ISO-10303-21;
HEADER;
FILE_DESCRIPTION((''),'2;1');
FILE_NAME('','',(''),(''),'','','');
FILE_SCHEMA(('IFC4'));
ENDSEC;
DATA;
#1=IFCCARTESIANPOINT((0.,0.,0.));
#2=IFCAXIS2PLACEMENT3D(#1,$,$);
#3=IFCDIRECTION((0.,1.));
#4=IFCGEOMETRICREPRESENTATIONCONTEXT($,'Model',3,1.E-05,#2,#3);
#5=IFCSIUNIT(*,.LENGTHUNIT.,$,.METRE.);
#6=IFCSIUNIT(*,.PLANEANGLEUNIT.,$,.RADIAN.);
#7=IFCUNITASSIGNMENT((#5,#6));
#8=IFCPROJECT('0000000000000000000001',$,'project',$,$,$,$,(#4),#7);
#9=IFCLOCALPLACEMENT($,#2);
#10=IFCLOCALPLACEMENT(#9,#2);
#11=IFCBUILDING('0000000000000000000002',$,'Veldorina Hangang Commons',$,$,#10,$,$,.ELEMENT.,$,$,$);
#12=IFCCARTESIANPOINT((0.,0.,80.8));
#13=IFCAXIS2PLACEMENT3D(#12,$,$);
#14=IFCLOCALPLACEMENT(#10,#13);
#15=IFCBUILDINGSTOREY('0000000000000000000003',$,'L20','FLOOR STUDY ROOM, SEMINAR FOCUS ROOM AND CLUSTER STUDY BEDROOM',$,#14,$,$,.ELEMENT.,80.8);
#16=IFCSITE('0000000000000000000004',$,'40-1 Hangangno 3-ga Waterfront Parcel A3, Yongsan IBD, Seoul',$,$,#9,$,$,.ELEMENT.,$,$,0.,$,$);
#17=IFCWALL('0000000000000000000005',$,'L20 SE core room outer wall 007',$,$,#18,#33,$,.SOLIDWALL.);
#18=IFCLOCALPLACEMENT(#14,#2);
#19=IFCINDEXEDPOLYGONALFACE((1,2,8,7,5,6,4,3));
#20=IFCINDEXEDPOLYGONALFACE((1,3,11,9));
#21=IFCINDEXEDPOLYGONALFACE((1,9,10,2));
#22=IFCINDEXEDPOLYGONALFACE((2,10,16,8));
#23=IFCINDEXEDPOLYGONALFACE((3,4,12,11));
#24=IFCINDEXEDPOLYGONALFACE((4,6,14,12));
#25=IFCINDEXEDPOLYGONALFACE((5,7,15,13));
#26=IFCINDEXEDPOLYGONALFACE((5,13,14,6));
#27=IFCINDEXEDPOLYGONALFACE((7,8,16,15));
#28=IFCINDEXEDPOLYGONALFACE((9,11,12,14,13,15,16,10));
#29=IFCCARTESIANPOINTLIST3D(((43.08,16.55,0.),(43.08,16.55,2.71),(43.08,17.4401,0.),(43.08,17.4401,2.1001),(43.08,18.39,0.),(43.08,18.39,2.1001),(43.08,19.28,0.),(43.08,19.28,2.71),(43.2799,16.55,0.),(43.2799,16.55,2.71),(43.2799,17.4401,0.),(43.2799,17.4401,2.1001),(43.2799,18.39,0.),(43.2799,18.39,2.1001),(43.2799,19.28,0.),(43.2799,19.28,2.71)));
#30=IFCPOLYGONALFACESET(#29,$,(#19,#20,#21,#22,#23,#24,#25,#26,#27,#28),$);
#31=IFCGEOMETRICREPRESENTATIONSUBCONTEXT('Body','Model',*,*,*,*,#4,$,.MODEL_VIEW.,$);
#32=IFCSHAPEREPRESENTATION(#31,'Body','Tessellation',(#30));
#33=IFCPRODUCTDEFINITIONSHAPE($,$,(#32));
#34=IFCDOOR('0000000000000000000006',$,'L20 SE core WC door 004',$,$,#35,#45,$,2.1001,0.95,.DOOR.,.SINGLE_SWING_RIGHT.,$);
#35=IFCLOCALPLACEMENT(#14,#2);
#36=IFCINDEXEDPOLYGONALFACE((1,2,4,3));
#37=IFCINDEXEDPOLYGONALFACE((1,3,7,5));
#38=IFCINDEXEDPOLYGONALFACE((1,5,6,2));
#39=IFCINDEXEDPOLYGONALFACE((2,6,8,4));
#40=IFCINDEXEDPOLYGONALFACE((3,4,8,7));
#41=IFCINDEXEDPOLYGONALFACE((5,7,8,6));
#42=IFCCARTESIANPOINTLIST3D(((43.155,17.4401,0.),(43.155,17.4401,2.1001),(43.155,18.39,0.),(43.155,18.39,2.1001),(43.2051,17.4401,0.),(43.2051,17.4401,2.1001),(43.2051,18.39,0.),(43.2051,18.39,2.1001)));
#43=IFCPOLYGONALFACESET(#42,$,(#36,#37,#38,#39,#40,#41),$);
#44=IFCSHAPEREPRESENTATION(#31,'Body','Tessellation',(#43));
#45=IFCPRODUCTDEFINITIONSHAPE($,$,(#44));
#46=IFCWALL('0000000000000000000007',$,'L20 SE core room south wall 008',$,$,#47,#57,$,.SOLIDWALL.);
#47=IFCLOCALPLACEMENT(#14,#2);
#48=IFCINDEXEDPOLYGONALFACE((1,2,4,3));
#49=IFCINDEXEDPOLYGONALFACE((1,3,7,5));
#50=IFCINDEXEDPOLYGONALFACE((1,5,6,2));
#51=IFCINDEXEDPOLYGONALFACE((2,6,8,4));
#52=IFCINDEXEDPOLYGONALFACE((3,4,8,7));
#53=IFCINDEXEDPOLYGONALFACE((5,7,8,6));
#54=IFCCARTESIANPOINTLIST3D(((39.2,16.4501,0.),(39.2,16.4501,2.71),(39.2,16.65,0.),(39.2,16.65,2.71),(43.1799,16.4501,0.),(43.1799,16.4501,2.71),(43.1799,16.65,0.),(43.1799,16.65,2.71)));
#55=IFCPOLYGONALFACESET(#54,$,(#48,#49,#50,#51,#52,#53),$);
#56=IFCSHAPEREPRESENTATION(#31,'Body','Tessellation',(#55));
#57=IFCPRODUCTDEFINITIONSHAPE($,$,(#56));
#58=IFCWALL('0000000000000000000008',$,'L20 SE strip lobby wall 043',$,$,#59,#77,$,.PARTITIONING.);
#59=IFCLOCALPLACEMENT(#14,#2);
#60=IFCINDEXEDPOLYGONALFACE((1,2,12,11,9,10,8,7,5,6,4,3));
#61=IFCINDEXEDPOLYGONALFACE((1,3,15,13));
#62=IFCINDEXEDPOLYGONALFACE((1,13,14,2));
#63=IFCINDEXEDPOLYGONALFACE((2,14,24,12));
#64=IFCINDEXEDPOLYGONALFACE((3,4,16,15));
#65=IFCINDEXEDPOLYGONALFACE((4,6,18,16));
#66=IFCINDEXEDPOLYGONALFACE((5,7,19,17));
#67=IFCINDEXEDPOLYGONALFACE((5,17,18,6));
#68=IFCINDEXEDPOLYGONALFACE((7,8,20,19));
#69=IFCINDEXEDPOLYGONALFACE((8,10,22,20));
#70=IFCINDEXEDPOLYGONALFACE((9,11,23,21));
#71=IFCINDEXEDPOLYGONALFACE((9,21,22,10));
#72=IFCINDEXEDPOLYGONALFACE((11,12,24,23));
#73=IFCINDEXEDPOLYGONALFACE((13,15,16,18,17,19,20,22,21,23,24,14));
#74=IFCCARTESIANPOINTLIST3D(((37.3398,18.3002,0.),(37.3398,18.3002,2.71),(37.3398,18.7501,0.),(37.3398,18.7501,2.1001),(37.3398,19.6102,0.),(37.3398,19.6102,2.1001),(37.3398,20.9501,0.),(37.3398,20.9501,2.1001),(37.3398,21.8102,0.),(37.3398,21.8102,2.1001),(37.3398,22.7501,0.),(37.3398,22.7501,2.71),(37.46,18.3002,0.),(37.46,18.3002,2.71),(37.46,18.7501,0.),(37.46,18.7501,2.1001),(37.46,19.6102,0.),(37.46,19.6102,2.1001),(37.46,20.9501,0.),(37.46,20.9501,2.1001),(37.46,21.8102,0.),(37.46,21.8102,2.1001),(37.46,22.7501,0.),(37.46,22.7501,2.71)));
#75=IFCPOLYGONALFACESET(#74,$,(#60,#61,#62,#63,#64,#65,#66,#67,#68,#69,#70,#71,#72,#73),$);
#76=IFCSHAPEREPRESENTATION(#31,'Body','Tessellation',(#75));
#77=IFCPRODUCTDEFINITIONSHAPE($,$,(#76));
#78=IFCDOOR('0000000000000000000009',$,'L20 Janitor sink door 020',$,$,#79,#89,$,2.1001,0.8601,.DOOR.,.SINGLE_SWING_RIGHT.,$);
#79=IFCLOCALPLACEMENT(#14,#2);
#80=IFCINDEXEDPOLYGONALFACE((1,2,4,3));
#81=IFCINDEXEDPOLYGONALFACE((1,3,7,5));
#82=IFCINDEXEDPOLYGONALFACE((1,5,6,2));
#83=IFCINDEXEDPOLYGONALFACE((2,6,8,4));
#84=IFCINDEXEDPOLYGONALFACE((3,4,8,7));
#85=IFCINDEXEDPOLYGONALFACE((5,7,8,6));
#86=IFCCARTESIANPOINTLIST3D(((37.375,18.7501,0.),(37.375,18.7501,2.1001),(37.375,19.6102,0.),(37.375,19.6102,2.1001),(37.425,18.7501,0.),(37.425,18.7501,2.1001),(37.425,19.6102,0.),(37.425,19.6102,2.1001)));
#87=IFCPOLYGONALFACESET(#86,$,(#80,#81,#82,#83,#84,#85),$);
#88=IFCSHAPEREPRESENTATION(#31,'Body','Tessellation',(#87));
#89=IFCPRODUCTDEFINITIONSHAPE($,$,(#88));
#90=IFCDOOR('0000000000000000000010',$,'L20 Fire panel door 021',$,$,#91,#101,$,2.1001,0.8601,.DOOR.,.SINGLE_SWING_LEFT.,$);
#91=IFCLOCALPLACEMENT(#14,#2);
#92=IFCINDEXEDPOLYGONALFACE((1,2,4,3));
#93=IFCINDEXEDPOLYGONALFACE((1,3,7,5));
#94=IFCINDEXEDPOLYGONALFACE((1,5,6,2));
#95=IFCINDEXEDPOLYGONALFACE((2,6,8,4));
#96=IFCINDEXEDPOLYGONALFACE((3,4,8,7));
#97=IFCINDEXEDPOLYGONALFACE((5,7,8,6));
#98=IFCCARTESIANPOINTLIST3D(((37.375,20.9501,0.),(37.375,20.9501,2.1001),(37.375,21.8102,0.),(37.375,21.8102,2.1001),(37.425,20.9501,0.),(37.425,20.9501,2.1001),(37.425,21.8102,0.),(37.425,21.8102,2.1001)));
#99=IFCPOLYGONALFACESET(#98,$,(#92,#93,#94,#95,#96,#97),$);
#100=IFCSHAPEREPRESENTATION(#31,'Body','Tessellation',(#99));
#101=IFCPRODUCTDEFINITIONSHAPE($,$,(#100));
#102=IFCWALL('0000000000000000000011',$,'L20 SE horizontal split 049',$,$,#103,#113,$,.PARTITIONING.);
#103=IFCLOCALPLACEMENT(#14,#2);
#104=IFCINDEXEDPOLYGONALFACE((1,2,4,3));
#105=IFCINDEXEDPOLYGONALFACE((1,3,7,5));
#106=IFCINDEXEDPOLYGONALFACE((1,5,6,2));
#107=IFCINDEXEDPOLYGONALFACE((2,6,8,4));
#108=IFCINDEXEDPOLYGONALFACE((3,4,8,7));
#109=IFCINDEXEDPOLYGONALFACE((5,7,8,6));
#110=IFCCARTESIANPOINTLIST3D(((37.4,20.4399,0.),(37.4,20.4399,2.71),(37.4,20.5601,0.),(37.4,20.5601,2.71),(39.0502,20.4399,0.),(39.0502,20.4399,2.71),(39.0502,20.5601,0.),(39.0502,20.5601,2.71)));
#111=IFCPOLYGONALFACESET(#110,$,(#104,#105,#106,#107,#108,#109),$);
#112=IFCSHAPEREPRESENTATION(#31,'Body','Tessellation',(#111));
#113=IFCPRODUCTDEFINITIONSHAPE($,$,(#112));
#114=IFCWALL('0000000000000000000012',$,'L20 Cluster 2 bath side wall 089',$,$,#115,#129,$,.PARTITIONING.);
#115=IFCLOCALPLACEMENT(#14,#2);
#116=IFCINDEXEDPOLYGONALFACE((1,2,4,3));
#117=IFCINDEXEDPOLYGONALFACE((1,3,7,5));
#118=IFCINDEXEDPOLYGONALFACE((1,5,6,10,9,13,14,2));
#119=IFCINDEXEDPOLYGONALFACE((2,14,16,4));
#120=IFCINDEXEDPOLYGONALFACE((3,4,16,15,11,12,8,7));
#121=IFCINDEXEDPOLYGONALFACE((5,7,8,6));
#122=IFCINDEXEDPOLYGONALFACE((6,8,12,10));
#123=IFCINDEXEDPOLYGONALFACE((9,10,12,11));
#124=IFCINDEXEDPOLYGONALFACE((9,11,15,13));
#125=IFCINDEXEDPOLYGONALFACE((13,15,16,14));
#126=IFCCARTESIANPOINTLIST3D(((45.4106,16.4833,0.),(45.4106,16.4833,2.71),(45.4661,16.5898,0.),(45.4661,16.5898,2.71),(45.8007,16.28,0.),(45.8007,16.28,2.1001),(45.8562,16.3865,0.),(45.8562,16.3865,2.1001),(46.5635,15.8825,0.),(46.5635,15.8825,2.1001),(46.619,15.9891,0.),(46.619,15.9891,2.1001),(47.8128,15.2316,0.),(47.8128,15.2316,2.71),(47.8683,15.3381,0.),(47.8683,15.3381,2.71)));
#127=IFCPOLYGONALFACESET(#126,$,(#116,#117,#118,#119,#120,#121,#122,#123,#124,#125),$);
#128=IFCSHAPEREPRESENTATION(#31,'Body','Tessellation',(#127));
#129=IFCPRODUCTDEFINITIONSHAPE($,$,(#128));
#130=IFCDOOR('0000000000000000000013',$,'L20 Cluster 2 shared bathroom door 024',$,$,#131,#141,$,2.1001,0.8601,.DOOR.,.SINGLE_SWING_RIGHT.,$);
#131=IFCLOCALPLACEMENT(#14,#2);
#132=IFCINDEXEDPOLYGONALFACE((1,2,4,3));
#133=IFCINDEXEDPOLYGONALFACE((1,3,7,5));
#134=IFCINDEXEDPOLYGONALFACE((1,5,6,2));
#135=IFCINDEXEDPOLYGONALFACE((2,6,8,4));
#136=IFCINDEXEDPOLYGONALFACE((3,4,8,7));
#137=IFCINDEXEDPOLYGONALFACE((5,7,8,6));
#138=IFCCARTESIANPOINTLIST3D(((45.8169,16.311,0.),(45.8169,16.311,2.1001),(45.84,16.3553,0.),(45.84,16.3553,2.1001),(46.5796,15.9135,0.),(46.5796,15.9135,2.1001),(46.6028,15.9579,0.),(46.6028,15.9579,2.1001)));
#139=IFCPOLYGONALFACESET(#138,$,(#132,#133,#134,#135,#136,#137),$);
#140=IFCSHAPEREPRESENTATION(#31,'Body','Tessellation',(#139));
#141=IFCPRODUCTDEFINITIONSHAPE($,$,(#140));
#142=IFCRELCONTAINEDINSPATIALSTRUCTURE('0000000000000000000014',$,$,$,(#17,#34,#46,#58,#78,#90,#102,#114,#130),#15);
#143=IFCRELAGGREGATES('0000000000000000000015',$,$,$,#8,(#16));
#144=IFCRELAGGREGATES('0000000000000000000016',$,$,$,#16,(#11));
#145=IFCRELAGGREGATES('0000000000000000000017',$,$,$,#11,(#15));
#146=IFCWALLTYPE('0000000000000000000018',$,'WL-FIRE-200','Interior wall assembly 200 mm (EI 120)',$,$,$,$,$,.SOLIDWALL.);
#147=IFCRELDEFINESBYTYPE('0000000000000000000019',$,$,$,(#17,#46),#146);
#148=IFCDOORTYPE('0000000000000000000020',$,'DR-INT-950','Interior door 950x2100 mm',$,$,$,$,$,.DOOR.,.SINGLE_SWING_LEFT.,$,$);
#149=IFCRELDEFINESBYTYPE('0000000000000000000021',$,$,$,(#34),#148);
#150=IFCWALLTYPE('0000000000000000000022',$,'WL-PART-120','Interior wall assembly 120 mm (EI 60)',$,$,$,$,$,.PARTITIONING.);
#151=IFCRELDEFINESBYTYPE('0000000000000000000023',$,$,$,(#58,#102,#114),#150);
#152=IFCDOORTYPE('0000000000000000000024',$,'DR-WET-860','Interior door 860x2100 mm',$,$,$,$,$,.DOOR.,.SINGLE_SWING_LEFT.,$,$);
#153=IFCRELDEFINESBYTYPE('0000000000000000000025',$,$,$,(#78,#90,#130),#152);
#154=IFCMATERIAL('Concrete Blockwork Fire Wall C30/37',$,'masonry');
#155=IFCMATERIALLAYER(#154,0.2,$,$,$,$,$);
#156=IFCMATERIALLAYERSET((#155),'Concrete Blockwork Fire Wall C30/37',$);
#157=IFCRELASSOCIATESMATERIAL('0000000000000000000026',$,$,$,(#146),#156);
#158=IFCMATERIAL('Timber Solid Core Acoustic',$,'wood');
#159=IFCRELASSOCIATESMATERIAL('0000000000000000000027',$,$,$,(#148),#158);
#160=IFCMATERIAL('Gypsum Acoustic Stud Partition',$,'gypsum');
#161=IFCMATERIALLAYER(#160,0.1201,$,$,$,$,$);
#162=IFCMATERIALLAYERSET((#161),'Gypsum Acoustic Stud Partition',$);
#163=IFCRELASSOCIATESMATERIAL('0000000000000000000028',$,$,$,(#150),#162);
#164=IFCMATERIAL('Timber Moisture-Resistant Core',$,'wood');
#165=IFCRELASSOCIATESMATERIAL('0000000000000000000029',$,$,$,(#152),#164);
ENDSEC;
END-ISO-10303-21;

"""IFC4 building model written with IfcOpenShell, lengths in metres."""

from ifc_helpers import new_model, si_unit, direction, frame, frame_2d, origin, place, context, subcontext, project, spatial, rectangle, extrude, material, layer, layer_set, type_object, element, fill, save


model = new_model("IFC4")

# Units and contexts
model_context = context("Model", 3, precision=1e-05, world=origin(), true_north=direction((0.0, 1.0)))
body_context = subcontext(model_context, "Body", "Model", "MODEL_VIEW")
ifc_project = project(units=[si_unit("LENGTHUNIT", "METRE"), si_unit("PLANEANGLEUNIT", "RADIAN")], contexts=[model_context])

# Site, building, storey
site_placement = place(None, origin())
site = spatial("IfcSite", under=ifc_project, at=site_placement, Name="40-1 Hangangno 3-ga Waterfront Parcel A3, Yongsan IBD, Seoul", CompositionType="ELEMENT", RefElevation=0.0)
building_placement = place(site_placement, origin())
building = spatial("IfcBuilding", under=site, at=building_placement, Name="Veldorina Hangang Commons", CompositionType="ELEMENT")
storey_placement = place(building_placement, frame((0.0, 0.0, 80.8)))
storey = spatial("IfcBuildingStorey", under=building, at=storey_placement, Name="L20", Description="FLOOR STUDY ROOM, SEMINAR FOCUS ROOM AND CLUSTER STUDY BEDROOM", CompositionType="ELEMENT", Elevation=80.8)

# Wall, opening, door
ifc_material_1 = material(Name="Concrete Blockwork Fire Wall C30/37", Category="masonry")
ifc_layer_1 = layer(ifc_material_1, 0.2)
ifc_layer_set_1 = layer_set([ifc_layer_1], Name="Concrete Blockwork Fire Wall C30/37")
wall_type_1 = type_object("IfcWallType", Name="WL-FIRE-200", Description="Interior wall assembly 200 mm (EI 120)", PredefinedType="SOLIDWALL", material=ifc_layer_set_1)
wall_1_placement = place(storey_placement, frame((43.1799, 16.55, 0.0), z_axis=(0.0, 0.0, 1.0), x_axis=(0.0, 1.0, 0.0)))
wall_1 = element("IfcWall", 1, at=wall_1_placement, inside=storey, type_object=wall_type_1, Name="L20 SE core room outer wall 007", PredefinedType="SOLIDWALL", context=body_context, shape_type="SweptSolid", body=[
    extrude(rectangle(XDim=2.73, YDim=0.2, at=frame_2d((1.365, 0.0))), origin(), (0.0, 0.0, 1.0), 2.71),
])
opening_1_placement = place(wall_1_placement, frame((0.8899, 0.0, 0.0)))
opening_1 = element("IfcOpeningElement", 2, at=opening_1_placement, cuts=wall_1, PredefinedType="OPENING", context=body_context, shape_type="SweptSolid", body=[
    extrude(rectangle(XDim=0.95, YDim=2.1001, at=frame_2d((0.4751, 1.05))), frame((0.0, 0.1099, 0.0), z_axis=(0.0, -1.0, 0.0), x_axis=(1.0, 0.0, 0.0)), (0.0, 0.0, 1.0), 0.22),
])
ifc_material_2 = material(Name="Timber Solid Core Acoustic", Category="wood")
door_type_1 = type_object("IfcDoorType", Name="DR-INT-950", Description="Interior door 950x2100 mm", OperationType="SINGLE_SWING_LEFT", PredefinedType="DOOR", material=ifc_material_2)
door_1_placement = place(opening_1_placement, origin())
door_1 = element("IfcDoor", 3, at=door_1_placement, inside=storey, type_object=door_type_1, Name="L20 SE core WC door 004", OperationType="SINGLE_SWING_RIGHT", OverallHeight=2.1001, OverallWidth=0.95, PredefinedType="DOOR", context=body_context, shape_type="SweptSolid", body=[
    extrude(rectangle(XDim=0.95, YDim=2.1001, at=frame_2d((0.4751, 1.05))), frame((0.0, 0.0249, 0.0), z_axis=(0.0, -1.0, 0.0), x_axis=(1.0, 0.0, 0.0)), (0.0, 0.0, 1.0), 0.05),
])
fill(opening_1, door_1)

# Wall
wall_2_placement = place(storey_placement, frame((39.2, 16.55, 0.0), z_axis=(0.0, 0.0, 1.0), x_axis=(1.0, 0.0, 0.0)))
element("IfcWall", 4, at=wall_2_placement, inside=storey, type_object=wall_type_1, Name="L20 SE core room south wall 008", PredefinedType="SOLIDWALL", context=body_context, shape_type="SweptSolid", body=[
    extrude(rectangle(XDim=3.98, YDim=0.2, at=frame_2d((1.99, 0.0))), origin(), (0.0, 0.0, 1.0), 2.71),
])

# Wall, openings, doors
ifc_material_3 = material(Name="Gypsum Acoustic Stud Partition", Category="gypsum")
ifc_layer_2 = layer(ifc_material_3, 0.1201)
ifc_layer_set_2 = layer_set([ifc_layer_2], Name="Gypsum Acoustic Stud Partition")
wall_type_2 = type_object("IfcWallType", Name="WL-PART-120", Description="Interior wall assembly 120 mm (EI 60)", PredefinedType="PARTITIONING", material=ifc_layer_set_2)
wall_3_placement = place(storey_placement, frame((37.3999, 18.3, 0.0), z_axis=(0.0, 0.0, 1.0), x_axis=(0.0, 1.0, 0.0)))
wall_3 = element("IfcWall", 5, at=wall_3_placement, inside=storey, type_object=wall_type_2, Name="L20 SE strip lobby wall 043", PredefinedType="PARTITIONING", context=body_context, shape_type="SweptSolid", body=[
    extrude(rectangle(XDim=4.45, YDim=0.1201, at=frame_2d((2.2251, 0.0))), origin(), (0.0, 0.0, 1.0), 2.71),
])
opening_2_placement = place(wall_3_placement, frame((0.45, 0.0, 0.0)))
opening_2 = element("IfcOpeningElement", 6, at=opening_2_placement, cuts=wall_3, PredefinedType="OPENING", context=body_context, shape_type="SweptSolid", body=[
    extrude(rectangle(XDim=0.8601, YDim=2.1001, at=frame_2d((0.4302, 1.05))), frame((0.0, 0.0701, 0.0), z_axis=(0.0, -1.0, 0.0), x_axis=(1.0, 0.0, 0.0)), (0.0, 0.0, 1.0), 0.1401),
])
opening_3_placement = place(wall_3_placement, frame((2.6499, 0.0, 0.0)))
opening_3 = element("IfcOpeningElement", 7, at=opening_3_placement, cuts=wall_3, PredefinedType="OPENING", context=body_context, shape_type="SweptSolid", body=[
    extrude(rectangle(XDim=0.8601, YDim=2.1001, at=frame_2d((0.4302, 1.05))), frame((0.0, 0.0701, 0.0), z_axis=(0.0, -1.0, 0.0), x_axis=(1.0, 0.0, 0.0)), (0.0, 0.0, 1.0), 0.1401),
])
ifc_material_4 = material(Name="Timber Moisture-Resistant Core", Category="wood")
door_type_2 = type_object("IfcDoorType", Name="DR-WET-860", Description="Interior door 860x2100 mm", OperationType="SINGLE_SWING_LEFT", PredefinedType="DOOR", material=ifc_material_4)
door_2_placement = place(opening_2_placement, origin())
door_2 = element("IfcDoor", 8, at=door_2_placement, inside=storey, type_object=door_type_2, Name="L20 Janitor sink door 020", OperationType="SINGLE_SWING_RIGHT", OverallHeight=2.1001, OverallWidth=0.8601, PredefinedType="DOOR", context=body_context, shape_type="SweptSolid", body=[
    extrude(rectangle(XDim=0.8601, YDim=2.1001, at=frame_2d((0.4302, 1.05))), frame((0.0, 0.0249, 0.0), z_axis=(0.0, -1.0, 0.0), x_axis=(1.0, 0.0, 0.0)), (0.0, 0.0, 1.0), 0.05),
])
fill(opening_2, door_2)
door_3_placement = place(opening_3_placement, origin())
door_3 = element("IfcDoor", 9, at=door_3_placement, inside=storey, type_object=door_type_2, Name="L20 Fire panel door 021", OperationType="SINGLE_SWING_LEFT", OverallHeight=2.1001, OverallWidth=0.8601, PredefinedType="DOOR", context=body_context, shape_type="SweptSolid", body=[
    extrude(rectangle(XDim=0.8601, YDim=2.1001, at=frame_2d((0.4302, 1.05))), frame((0.0, 0.0249, 0.0), z_axis=(0.0, -1.0, 0.0), x_axis=(1.0, 0.0, 0.0)), (0.0, 0.0, 1.0), 0.05),
])
fill(opening_3, door_3)

# Wall
wall_4_placement = place(storey_placement, frame((37.3999, 20.5, 0.0), z_axis=(0.0, 0.0, 1.0), x_axis=(1.0, 0.0, 0.0)))
element("IfcWall", 10, at=wall_4_placement, inside=storey, type_object=wall_type_2, Name="L20 SE horizontal split 049", PredefinedType="PARTITIONING", context=body_context, shape_type="SweptSolid", body=[
    extrude(rectangle(XDim=1.6501, YDim=0.1201, at=frame_2d((0.8252, 0.0))), origin(), (0.0, 0.0, 1.0), 2.71),
])

# Wall, opening, door
wall_5_placement = place(storey_placement, frame((45.4382, 16.5366, 0.0), z_axis=(0.0, 0.0, 1.0), x_axis=(0.886821, -0.462113, 0.0)))
wall_5 = element("IfcWall", 11, at=wall_5_placement, inside=storey, type_object=wall_type_2, Name="L20 Cluster 2 bath side wall 089", PredefinedType="PARTITIONING", context=body_context, shape_type="SweptSolid", body=[
    extrude(rectangle(XDim=2.7087, YDim=0.1201, at=frame_2d((1.3545, 0.0))), origin(), (0.0, 0.0, 1.0), 2.71),
])
opening_4_placement = place(wall_5_placement, frame((0.4399, 0.0, 0.0)))
opening_4 = element("IfcOpeningElement", 12, at=opening_4_placement, cuts=wall_5, PredefinedType="OPENING", context=body_context, shape_type="SweptSolid", body=[
    extrude(rectangle(XDim=0.8601, YDim=2.1001, at=frame_2d((0.4302, 1.05))), frame((0.0, 0.0701, 0.0), z_axis=(0.0, -1.0, 0.0), x_axis=(1.0, 0.0, 0.0)), (0.0, 0.0, 1.0), 0.1401),
])
door_4_placement = place(opening_4_placement, origin())
door_4 = element("IfcDoor", 13, at=door_4_placement, inside=storey, type_object=door_type_2, Name="L20 Cluster 2 shared bathroom door 024", OperationType="SINGLE_SWING_RIGHT", OverallHeight=2.1001, OverallWidth=0.8601, PredefinedType="DOOR", context=body_context, shape_type="SweptSolid", body=[
    extrude(rectangle(XDim=0.8601, YDim=2.1001, at=frame_2d((0.4302, 1.05))), frame((0.0, 0.0249, 0.0), z_axis=(0.0, -1.0, 0.0), x_axis=(1.0, 0.0, 0.0)), (0.0, 0.0, 1.0), 0.05),
])
fill(opening_4, door_4)

save(model, "model.ifc")
